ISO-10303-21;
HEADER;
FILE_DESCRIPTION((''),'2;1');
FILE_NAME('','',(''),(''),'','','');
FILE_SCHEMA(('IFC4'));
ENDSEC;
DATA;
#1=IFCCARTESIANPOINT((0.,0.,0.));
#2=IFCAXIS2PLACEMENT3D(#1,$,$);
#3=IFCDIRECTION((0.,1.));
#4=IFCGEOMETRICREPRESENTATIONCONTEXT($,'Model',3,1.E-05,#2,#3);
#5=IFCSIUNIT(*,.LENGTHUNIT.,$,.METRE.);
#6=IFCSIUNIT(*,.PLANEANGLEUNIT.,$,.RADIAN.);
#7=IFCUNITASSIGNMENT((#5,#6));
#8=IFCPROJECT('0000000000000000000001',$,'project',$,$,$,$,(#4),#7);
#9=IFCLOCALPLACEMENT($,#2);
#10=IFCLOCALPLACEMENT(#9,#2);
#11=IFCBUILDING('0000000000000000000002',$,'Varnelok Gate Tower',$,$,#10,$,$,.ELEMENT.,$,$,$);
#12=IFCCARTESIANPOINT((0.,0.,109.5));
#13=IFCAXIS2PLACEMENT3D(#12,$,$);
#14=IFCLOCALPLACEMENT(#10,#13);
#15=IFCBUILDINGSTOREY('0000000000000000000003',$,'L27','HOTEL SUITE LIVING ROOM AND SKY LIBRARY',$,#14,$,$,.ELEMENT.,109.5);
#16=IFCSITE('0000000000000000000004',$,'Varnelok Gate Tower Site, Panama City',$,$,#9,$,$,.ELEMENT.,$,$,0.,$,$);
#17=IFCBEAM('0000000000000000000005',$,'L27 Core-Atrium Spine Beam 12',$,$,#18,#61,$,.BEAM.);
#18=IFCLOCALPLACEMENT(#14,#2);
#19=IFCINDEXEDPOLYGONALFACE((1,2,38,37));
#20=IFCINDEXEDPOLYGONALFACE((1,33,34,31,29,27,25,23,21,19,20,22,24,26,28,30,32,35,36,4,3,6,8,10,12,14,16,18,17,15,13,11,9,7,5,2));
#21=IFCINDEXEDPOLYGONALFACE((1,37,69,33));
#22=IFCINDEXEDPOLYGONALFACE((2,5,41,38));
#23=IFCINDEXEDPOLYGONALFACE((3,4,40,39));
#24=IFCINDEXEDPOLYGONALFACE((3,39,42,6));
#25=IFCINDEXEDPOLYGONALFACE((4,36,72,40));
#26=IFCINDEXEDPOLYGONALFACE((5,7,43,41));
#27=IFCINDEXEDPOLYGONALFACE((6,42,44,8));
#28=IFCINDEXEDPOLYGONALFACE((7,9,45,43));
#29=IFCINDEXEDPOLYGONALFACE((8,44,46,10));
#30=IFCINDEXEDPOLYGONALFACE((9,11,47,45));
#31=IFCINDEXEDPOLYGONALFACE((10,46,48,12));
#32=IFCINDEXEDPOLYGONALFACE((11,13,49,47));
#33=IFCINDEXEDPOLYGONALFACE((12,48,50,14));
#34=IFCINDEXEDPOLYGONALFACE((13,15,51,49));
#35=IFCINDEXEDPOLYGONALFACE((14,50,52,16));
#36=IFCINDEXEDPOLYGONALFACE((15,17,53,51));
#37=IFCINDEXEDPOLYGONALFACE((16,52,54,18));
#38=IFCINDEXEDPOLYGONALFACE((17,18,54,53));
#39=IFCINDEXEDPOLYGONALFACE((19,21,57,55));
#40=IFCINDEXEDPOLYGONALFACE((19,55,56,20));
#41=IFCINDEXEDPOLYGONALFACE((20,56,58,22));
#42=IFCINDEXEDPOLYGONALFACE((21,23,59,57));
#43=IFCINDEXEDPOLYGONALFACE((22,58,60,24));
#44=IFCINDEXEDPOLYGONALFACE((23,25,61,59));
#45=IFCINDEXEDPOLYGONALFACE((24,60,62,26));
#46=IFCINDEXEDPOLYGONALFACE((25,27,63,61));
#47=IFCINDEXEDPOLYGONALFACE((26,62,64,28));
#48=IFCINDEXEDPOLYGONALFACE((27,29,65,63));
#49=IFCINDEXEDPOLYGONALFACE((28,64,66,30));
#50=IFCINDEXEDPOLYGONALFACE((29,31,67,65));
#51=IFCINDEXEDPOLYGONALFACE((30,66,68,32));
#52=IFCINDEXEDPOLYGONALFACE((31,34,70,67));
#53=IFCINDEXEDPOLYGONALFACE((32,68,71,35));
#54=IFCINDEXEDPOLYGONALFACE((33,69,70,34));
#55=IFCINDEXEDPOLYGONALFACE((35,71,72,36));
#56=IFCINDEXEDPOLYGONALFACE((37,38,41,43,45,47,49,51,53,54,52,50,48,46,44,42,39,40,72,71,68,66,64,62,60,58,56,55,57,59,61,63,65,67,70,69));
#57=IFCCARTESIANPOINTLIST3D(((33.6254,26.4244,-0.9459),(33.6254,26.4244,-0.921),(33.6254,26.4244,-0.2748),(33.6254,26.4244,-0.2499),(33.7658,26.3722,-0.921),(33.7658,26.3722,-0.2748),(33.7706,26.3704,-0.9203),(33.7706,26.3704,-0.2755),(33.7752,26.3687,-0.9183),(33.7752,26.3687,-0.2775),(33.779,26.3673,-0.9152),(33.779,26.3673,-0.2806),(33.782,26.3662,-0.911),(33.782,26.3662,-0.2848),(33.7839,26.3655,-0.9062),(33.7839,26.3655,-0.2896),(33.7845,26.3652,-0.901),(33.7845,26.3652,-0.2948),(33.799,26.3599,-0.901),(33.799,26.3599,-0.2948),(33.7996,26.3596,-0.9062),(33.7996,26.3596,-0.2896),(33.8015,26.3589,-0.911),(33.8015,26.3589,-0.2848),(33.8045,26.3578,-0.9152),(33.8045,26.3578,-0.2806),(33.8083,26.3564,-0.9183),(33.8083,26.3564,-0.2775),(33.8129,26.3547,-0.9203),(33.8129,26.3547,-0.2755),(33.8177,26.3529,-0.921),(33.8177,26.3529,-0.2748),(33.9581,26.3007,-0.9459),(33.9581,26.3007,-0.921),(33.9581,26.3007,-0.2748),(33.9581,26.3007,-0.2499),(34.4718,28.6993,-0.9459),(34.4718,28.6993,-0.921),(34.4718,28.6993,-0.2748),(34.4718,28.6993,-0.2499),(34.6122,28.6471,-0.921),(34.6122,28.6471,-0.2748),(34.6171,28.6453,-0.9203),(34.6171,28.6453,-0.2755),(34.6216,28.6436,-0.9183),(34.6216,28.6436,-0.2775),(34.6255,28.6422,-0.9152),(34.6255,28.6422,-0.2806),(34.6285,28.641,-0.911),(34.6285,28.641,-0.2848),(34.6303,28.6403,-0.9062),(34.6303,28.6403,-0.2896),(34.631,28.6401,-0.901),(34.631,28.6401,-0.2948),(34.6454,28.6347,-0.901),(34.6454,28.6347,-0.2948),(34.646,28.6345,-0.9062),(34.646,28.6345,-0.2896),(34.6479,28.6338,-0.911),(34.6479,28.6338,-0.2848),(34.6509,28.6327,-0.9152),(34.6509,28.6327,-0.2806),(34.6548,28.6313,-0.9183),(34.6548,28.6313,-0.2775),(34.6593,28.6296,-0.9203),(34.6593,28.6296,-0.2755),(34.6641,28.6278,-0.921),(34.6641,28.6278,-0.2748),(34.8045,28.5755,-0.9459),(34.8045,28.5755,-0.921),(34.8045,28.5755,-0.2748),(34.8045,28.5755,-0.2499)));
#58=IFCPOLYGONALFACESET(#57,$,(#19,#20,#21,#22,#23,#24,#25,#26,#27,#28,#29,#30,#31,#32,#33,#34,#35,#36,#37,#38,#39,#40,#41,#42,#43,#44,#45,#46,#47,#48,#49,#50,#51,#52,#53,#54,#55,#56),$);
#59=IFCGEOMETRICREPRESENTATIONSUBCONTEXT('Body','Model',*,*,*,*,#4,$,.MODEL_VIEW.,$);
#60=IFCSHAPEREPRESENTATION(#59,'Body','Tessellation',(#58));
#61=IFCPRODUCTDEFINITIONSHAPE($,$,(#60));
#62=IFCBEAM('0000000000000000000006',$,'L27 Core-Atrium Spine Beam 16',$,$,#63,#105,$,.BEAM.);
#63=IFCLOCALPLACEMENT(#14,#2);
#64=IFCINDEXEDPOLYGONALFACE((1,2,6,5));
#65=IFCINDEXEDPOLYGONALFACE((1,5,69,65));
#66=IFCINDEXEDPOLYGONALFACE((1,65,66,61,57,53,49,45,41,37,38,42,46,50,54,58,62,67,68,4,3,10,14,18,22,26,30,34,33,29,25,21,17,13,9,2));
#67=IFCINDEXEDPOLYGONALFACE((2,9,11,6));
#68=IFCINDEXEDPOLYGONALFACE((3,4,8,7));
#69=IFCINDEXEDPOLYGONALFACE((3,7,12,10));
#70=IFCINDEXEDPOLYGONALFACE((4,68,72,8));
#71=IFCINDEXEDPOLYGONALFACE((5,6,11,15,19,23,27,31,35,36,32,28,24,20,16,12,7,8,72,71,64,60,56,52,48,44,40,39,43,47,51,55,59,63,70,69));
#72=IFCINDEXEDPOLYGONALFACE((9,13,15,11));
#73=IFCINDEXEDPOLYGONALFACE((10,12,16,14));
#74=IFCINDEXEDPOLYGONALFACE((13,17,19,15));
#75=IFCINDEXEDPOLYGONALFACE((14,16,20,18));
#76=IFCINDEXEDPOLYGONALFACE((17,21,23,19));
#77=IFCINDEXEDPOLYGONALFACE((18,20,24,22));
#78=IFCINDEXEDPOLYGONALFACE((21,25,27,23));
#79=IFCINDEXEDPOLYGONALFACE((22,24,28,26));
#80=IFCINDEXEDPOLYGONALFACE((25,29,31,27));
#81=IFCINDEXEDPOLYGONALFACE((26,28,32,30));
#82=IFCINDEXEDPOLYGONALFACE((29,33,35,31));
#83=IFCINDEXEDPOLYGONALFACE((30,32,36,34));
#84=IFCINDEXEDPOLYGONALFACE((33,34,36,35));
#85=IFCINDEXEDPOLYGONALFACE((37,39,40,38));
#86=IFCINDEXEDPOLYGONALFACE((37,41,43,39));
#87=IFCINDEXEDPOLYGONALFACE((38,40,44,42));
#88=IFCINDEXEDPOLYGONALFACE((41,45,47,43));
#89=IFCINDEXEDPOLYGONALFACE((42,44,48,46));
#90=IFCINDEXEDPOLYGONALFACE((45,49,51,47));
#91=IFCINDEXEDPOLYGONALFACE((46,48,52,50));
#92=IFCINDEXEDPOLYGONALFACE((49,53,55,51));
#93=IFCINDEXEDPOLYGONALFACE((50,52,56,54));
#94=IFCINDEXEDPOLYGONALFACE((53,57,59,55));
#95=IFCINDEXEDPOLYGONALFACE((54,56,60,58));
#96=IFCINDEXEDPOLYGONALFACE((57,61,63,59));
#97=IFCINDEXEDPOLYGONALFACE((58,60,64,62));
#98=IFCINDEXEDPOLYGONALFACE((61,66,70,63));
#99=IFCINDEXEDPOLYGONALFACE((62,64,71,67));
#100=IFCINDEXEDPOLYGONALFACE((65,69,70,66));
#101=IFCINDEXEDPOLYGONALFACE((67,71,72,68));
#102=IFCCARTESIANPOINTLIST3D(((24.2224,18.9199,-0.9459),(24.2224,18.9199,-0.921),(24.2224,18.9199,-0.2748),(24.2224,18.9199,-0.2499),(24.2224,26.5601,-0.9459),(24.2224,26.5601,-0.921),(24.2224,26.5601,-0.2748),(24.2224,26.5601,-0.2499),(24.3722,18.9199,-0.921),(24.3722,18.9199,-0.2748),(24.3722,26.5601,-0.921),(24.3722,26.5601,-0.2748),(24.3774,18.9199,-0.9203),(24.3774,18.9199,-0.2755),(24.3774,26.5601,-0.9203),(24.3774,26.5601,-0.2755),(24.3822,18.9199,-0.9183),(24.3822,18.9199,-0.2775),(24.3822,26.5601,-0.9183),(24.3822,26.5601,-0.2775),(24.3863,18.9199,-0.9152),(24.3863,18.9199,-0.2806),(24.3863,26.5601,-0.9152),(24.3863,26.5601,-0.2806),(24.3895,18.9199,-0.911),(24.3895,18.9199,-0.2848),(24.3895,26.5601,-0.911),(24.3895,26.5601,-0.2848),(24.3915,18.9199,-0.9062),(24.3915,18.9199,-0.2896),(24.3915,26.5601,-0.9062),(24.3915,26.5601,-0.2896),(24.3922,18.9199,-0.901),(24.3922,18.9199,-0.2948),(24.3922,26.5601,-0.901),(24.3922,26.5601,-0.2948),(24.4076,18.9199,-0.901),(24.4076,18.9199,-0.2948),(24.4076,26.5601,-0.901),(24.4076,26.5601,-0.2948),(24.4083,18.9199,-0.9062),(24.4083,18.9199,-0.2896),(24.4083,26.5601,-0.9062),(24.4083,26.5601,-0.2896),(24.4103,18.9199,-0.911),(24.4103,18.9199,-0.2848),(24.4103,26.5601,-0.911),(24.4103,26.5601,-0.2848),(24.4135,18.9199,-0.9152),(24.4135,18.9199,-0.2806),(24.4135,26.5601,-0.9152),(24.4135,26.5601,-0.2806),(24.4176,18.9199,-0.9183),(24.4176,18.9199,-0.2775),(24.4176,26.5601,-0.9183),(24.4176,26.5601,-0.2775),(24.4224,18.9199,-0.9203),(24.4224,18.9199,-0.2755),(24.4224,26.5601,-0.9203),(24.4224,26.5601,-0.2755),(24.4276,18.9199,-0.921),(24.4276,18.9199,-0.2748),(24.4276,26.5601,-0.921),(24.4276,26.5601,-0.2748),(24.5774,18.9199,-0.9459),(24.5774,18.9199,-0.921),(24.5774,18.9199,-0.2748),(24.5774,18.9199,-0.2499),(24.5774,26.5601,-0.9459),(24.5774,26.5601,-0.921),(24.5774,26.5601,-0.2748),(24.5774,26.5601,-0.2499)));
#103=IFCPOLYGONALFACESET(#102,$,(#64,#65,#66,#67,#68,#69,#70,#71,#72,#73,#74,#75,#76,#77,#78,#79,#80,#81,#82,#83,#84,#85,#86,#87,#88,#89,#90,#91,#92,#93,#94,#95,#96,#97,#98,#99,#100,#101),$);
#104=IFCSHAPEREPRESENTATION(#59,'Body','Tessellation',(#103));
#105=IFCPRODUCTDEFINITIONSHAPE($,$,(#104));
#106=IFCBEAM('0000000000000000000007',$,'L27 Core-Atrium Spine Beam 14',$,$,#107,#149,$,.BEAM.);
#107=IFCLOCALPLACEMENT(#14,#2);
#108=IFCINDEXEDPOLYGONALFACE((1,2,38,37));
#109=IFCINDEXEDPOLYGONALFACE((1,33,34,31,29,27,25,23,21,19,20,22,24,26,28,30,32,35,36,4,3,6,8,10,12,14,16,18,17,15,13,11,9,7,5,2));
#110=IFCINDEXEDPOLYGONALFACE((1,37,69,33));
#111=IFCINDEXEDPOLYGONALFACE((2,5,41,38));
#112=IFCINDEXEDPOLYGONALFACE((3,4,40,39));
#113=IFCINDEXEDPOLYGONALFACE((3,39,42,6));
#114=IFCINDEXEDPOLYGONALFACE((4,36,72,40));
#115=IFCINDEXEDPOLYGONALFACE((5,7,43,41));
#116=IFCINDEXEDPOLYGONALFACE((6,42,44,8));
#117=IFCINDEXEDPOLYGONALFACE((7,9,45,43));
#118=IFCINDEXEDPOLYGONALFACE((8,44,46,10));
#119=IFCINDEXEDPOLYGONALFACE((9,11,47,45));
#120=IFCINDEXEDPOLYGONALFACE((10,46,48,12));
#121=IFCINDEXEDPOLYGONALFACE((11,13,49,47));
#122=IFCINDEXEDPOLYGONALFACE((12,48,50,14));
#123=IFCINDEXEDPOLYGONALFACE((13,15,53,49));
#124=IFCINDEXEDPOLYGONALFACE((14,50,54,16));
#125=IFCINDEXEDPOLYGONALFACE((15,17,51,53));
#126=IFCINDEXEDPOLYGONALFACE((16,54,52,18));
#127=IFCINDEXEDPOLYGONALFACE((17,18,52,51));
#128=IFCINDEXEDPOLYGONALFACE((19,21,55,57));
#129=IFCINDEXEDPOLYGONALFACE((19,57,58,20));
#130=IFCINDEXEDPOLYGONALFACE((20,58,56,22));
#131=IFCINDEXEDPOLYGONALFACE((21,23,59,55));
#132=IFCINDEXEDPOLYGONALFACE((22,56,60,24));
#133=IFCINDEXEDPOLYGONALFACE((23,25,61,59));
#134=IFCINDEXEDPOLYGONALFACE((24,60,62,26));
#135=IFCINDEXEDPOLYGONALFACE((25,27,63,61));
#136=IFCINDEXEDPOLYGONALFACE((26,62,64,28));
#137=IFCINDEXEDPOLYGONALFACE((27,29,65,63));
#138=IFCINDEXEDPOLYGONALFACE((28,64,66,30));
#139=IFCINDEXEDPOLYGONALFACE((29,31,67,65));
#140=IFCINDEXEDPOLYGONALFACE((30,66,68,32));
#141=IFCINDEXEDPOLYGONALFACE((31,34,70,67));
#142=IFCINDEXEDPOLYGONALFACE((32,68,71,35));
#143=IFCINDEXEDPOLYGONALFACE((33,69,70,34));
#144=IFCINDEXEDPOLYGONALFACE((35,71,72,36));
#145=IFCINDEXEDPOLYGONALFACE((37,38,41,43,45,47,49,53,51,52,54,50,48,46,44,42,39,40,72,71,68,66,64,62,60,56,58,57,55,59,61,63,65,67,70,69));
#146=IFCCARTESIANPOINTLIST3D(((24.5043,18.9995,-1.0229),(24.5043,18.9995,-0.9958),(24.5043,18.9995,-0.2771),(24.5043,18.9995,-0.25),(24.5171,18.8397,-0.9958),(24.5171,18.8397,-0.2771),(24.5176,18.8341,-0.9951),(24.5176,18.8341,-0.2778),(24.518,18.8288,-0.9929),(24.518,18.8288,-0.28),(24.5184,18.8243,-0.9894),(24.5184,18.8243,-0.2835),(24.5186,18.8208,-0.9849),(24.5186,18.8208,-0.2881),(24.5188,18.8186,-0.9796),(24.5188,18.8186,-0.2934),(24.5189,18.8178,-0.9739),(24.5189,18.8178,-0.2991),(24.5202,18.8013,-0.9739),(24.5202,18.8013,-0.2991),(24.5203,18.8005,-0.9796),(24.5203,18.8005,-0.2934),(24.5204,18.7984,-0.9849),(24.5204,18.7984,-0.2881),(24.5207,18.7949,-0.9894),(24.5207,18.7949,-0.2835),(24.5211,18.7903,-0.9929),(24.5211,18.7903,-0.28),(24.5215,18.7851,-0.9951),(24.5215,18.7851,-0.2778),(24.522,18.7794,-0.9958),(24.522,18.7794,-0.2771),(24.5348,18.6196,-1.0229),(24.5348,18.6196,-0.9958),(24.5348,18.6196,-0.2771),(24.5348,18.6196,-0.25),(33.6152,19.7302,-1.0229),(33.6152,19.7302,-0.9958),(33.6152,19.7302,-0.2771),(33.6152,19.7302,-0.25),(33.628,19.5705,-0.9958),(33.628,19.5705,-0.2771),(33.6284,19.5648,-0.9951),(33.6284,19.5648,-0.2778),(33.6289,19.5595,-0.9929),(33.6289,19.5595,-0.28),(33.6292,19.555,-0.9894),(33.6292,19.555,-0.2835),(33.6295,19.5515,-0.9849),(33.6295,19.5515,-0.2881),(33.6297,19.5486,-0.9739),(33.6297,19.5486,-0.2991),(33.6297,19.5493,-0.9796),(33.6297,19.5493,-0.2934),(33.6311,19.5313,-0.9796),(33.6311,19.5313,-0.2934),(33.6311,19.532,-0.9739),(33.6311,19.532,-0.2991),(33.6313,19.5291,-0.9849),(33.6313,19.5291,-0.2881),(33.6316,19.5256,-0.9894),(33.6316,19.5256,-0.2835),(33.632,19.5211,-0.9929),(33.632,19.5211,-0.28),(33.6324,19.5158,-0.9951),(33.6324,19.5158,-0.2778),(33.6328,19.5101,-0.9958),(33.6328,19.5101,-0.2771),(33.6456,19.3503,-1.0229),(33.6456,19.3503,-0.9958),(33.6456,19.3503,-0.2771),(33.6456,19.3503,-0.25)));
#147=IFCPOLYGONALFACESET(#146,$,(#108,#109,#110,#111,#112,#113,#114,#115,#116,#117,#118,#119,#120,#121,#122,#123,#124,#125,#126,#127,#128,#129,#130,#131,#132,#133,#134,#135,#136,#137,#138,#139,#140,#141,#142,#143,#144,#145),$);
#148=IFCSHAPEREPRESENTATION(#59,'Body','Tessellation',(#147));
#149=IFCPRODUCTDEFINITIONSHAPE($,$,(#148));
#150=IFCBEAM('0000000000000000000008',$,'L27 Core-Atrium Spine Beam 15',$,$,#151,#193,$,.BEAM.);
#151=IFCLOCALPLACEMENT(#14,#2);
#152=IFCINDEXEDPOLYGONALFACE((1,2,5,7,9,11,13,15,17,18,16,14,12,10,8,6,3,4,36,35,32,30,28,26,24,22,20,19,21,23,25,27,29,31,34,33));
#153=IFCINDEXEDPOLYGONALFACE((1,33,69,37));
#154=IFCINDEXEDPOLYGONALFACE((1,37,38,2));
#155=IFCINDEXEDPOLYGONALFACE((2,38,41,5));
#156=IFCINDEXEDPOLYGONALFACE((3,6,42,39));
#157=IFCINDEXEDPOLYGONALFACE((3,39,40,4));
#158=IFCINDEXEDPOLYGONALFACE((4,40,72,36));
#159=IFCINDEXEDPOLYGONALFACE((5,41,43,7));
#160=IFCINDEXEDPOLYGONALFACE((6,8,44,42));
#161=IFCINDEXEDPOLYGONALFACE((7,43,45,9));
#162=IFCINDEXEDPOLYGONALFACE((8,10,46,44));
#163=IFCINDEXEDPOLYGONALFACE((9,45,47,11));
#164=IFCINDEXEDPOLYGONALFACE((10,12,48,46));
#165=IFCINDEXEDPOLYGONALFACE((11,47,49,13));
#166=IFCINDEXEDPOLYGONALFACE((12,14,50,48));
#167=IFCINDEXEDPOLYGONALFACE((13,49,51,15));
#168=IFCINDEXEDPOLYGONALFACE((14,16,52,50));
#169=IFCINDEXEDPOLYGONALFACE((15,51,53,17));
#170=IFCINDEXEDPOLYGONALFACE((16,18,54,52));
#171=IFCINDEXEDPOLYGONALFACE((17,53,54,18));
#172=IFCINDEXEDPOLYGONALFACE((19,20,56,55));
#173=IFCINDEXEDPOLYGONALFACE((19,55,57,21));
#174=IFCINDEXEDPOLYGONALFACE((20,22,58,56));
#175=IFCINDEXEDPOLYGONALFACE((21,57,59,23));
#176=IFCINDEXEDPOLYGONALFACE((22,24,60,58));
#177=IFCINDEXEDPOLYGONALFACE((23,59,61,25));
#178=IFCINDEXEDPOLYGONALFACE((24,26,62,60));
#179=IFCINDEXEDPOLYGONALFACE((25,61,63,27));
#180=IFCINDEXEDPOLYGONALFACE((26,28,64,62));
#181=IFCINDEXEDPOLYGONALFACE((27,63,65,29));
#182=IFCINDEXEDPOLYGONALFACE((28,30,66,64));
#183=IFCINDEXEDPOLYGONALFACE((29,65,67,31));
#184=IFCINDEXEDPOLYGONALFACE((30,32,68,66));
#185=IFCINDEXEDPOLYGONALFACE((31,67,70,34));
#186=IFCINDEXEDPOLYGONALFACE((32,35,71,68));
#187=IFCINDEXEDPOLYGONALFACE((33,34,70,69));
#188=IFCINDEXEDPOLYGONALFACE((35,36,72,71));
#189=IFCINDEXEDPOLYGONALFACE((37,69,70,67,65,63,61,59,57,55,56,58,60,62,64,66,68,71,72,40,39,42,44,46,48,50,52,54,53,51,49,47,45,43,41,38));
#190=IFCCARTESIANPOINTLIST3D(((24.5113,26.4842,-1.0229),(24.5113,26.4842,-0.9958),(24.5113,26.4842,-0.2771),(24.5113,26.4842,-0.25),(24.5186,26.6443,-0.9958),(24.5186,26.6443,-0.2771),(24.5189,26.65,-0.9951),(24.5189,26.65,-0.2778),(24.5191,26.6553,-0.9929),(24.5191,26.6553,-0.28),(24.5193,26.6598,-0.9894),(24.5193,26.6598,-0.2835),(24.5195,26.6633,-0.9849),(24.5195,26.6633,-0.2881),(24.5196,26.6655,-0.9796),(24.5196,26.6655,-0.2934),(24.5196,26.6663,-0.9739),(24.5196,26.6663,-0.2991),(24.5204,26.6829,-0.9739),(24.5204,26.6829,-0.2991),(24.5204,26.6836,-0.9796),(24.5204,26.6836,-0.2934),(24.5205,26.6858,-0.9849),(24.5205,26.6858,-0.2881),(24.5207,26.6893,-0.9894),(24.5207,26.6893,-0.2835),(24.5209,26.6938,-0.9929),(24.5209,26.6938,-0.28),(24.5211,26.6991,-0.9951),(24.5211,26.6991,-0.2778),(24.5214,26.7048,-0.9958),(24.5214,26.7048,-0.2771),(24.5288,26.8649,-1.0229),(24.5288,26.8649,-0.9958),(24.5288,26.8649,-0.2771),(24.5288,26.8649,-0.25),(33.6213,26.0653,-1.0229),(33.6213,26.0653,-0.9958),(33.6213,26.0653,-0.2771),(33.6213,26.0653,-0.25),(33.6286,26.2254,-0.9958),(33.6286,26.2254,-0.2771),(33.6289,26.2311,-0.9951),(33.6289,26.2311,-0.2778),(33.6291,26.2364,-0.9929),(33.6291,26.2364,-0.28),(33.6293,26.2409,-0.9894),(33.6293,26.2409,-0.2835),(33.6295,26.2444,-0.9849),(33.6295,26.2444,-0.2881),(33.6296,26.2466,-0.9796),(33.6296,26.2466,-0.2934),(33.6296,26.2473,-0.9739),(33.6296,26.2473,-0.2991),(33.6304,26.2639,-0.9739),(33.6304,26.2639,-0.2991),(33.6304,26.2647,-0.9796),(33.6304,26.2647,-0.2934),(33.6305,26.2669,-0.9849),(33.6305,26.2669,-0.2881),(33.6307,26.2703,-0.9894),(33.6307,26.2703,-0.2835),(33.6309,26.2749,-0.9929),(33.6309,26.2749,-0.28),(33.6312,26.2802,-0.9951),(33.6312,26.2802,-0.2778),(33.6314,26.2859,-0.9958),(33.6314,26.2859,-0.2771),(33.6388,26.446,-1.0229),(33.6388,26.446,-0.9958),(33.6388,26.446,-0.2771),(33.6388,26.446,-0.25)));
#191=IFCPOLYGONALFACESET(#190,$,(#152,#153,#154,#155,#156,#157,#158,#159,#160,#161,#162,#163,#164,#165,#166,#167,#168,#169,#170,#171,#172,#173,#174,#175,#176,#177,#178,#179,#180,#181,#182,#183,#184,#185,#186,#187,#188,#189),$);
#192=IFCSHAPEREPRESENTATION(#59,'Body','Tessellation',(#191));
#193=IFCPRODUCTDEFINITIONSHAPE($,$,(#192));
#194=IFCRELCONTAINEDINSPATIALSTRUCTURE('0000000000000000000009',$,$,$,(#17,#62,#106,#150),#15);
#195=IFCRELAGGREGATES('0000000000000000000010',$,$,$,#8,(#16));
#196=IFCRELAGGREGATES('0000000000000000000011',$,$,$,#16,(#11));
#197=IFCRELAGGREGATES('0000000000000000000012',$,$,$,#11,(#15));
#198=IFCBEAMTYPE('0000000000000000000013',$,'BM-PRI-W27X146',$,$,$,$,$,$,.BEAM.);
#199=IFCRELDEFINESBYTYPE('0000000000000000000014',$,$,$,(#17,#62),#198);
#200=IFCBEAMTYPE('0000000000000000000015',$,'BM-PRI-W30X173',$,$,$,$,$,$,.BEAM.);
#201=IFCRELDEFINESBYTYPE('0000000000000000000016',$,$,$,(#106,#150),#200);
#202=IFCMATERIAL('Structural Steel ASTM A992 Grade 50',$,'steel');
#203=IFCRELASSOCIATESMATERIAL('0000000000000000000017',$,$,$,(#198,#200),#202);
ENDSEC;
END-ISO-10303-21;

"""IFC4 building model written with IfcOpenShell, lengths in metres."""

from ifc_helpers import new_model, si_unit, direction, frame, origin, origin_2d, place, context, subcontext, project, spatial, i_section, extrude, material, material_profile, profile_set, type_object, element, save


model = new_model("IFC4")

# Units and contexts
model_context = context("Model", 3, precision=1e-05, world=origin(), true_north=direction((0.0, 1.0)))
body_context = subcontext(model_context, "Body", "Model", "MODEL_VIEW")
ifc_project = project(units=[si_unit("LENGTHUNIT", "METRE"), si_unit("PLANEANGLEUNIT", "RADIAN")], contexts=[model_context])

# Site, building, storey
site_placement = place(None, origin())
site = spatial("IfcSite", under=ifc_project, at=site_placement, Name="Varnelok Gate Tower Site, Panama City", CompositionType="ELEMENT", RefElevation=0.0)
building_placement = place(site_placement, origin())
building = spatial("IfcBuilding", under=site, at=building_placement, Name="Varnelok Gate Tower", CompositionType="ELEMENT")
storey_placement = place(building_placement, frame((0.0, 0.0, 109.5)))
storey = spatial("IfcBuildingStorey", under=building, at=storey_placement, Name="L27", Description="HOTEL SUITE LIVING ROOM AND SKY LIBRARY", CompositionType="ELEMENT", Elevation=109.5)

# Shared definitions
ifc_material_1 = material(Name="Structural Steel ASTM A992 Grade 50", Category="steel")

# Beams
ifc_material_profile_1 = material_profile(ifc_material_1, i_section(OverallWidth=0.355, OverallDepth=0.696, WebThickness=0.0154, FlangeThickness=0.0249, FilletRadius=0.02, at=origin_2d()), Name="W27X146")
ifc_profile_set_1 = profile_set([ifc_material_profile_1], Name="Structural Steel ASTM A992 Grade 50")
beam_type_1 = type_object("IfcBeamType", Name="BM-PRI-W27X146", PredefinedType="BEAM", material=ifc_profile_set_1)
beam_1_placement = place(storey_placement, frame((33.7917, 26.3625, -0.5979), z_axis=(0.348719, 0.937227, 0.0), x_axis=(-0.937227, 0.348719, 0.0)))
element("IfcBeam", 1, at=beam_1_placement, inside=storey, type_object=beam_type_1, Name="L27 Core-Atrium Spine Beam 12", PredefinedType="BEAM", context=body_context, shape_type="SweptSolid", body=[
    extrude(i_section(OverallWidth=0.355, OverallDepth=0.696, WebThickness=0.0154, FlangeThickness=0.0249, FilletRadius=0.02, at=origin_2d()), origin(), (0.0, 0.0, 1.0), 2.4272),
])
beam_2_placement = place(storey_placement, frame((24.3999, 18.9199, -0.5979), z_axis=(0.0, 1.0, 0.0), x_axis=(-1.0, 0.0, 0.0)))
element("IfcBeam", 2, at=beam_2_placement, inside=storey, type_object=beam_type_1, Name="L27 Core-Atrium Spine Beam 16", PredefinedType="BEAM", context=body_context, shape_type="SweptSolid", body=[
    extrude(i_section(OverallWidth=0.355, OverallDepth=0.696, WebThickness=0.0154, FlangeThickness=0.0249, FilletRadius=0.02, at=origin_2d()), origin(), (0.0, 0.0, 1.0), 7.6401),
])
ifc_material_profile_2 = material_profile(ifc_material_1, i_section(OverallWidth=0.3811, OverallDepth=0.7729, WebThickness=0.0166, FlangeThickness=0.0271, FilletRadius=0.022, at=origin_2d()), Name="W30X173")
ifc_profile_set_2 = profile_set([ifc_material_profile_2], Name="Structural Steel ASTM A992 Grade 50")
beam_type_2 = type_object("IfcBeamType", Name="BM-PRI-W30X173", PredefinedType="BEAM", material=ifc_profile_set_2)
beam_3_placement = place(storey_placement, frame((24.5195, 18.8096, -0.6365), z_axis=(0.996799, 0.079946, 0.0), x_axis=(-0.079946, 0.996799, 0.0)))
element("IfcBeam", 3, at=beam_3_placement, inside=storey, type_object=beam_type_2, Name="L27 Core-Atrium Spine Beam 14", PredefinedType="BEAM", context=body_context, shape_type="SweptSolid", body=[
    extrude(i_section(OverallWidth=0.3811, OverallDepth=0.7729, WebThickness=0.0166, FlangeThickness=0.0271, FilletRadius=0.022, at=origin_2d()), origin(), (0.0, 0.0, 1.0), 9.1401),
])
beam_4_placement = place(storey_placement, frame((24.52, 26.6746, -0.6365), z_axis=(0.998944, -0.045938, 0.0), x_axis=(0.045938, 0.998944, 0.0)))
element("IfcBeam", 4, at=beam_4_placement, inside=storey, type_object=beam_type_2, Name="L27 Core-Atrium Spine Beam 15", PredefinedType="BEAM", context=body_context, shape_type="SweptSolid", body=[
    extrude(i_section(OverallWidth=0.3811, OverallDepth=0.7729, WebThickness=0.0166, FlangeThickness=0.0271, FilletRadius=0.022, at=origin_2d()), origin(), (0.0, 0.0, 1.0), 9.1196),
])

save(model, "model.ifc")
